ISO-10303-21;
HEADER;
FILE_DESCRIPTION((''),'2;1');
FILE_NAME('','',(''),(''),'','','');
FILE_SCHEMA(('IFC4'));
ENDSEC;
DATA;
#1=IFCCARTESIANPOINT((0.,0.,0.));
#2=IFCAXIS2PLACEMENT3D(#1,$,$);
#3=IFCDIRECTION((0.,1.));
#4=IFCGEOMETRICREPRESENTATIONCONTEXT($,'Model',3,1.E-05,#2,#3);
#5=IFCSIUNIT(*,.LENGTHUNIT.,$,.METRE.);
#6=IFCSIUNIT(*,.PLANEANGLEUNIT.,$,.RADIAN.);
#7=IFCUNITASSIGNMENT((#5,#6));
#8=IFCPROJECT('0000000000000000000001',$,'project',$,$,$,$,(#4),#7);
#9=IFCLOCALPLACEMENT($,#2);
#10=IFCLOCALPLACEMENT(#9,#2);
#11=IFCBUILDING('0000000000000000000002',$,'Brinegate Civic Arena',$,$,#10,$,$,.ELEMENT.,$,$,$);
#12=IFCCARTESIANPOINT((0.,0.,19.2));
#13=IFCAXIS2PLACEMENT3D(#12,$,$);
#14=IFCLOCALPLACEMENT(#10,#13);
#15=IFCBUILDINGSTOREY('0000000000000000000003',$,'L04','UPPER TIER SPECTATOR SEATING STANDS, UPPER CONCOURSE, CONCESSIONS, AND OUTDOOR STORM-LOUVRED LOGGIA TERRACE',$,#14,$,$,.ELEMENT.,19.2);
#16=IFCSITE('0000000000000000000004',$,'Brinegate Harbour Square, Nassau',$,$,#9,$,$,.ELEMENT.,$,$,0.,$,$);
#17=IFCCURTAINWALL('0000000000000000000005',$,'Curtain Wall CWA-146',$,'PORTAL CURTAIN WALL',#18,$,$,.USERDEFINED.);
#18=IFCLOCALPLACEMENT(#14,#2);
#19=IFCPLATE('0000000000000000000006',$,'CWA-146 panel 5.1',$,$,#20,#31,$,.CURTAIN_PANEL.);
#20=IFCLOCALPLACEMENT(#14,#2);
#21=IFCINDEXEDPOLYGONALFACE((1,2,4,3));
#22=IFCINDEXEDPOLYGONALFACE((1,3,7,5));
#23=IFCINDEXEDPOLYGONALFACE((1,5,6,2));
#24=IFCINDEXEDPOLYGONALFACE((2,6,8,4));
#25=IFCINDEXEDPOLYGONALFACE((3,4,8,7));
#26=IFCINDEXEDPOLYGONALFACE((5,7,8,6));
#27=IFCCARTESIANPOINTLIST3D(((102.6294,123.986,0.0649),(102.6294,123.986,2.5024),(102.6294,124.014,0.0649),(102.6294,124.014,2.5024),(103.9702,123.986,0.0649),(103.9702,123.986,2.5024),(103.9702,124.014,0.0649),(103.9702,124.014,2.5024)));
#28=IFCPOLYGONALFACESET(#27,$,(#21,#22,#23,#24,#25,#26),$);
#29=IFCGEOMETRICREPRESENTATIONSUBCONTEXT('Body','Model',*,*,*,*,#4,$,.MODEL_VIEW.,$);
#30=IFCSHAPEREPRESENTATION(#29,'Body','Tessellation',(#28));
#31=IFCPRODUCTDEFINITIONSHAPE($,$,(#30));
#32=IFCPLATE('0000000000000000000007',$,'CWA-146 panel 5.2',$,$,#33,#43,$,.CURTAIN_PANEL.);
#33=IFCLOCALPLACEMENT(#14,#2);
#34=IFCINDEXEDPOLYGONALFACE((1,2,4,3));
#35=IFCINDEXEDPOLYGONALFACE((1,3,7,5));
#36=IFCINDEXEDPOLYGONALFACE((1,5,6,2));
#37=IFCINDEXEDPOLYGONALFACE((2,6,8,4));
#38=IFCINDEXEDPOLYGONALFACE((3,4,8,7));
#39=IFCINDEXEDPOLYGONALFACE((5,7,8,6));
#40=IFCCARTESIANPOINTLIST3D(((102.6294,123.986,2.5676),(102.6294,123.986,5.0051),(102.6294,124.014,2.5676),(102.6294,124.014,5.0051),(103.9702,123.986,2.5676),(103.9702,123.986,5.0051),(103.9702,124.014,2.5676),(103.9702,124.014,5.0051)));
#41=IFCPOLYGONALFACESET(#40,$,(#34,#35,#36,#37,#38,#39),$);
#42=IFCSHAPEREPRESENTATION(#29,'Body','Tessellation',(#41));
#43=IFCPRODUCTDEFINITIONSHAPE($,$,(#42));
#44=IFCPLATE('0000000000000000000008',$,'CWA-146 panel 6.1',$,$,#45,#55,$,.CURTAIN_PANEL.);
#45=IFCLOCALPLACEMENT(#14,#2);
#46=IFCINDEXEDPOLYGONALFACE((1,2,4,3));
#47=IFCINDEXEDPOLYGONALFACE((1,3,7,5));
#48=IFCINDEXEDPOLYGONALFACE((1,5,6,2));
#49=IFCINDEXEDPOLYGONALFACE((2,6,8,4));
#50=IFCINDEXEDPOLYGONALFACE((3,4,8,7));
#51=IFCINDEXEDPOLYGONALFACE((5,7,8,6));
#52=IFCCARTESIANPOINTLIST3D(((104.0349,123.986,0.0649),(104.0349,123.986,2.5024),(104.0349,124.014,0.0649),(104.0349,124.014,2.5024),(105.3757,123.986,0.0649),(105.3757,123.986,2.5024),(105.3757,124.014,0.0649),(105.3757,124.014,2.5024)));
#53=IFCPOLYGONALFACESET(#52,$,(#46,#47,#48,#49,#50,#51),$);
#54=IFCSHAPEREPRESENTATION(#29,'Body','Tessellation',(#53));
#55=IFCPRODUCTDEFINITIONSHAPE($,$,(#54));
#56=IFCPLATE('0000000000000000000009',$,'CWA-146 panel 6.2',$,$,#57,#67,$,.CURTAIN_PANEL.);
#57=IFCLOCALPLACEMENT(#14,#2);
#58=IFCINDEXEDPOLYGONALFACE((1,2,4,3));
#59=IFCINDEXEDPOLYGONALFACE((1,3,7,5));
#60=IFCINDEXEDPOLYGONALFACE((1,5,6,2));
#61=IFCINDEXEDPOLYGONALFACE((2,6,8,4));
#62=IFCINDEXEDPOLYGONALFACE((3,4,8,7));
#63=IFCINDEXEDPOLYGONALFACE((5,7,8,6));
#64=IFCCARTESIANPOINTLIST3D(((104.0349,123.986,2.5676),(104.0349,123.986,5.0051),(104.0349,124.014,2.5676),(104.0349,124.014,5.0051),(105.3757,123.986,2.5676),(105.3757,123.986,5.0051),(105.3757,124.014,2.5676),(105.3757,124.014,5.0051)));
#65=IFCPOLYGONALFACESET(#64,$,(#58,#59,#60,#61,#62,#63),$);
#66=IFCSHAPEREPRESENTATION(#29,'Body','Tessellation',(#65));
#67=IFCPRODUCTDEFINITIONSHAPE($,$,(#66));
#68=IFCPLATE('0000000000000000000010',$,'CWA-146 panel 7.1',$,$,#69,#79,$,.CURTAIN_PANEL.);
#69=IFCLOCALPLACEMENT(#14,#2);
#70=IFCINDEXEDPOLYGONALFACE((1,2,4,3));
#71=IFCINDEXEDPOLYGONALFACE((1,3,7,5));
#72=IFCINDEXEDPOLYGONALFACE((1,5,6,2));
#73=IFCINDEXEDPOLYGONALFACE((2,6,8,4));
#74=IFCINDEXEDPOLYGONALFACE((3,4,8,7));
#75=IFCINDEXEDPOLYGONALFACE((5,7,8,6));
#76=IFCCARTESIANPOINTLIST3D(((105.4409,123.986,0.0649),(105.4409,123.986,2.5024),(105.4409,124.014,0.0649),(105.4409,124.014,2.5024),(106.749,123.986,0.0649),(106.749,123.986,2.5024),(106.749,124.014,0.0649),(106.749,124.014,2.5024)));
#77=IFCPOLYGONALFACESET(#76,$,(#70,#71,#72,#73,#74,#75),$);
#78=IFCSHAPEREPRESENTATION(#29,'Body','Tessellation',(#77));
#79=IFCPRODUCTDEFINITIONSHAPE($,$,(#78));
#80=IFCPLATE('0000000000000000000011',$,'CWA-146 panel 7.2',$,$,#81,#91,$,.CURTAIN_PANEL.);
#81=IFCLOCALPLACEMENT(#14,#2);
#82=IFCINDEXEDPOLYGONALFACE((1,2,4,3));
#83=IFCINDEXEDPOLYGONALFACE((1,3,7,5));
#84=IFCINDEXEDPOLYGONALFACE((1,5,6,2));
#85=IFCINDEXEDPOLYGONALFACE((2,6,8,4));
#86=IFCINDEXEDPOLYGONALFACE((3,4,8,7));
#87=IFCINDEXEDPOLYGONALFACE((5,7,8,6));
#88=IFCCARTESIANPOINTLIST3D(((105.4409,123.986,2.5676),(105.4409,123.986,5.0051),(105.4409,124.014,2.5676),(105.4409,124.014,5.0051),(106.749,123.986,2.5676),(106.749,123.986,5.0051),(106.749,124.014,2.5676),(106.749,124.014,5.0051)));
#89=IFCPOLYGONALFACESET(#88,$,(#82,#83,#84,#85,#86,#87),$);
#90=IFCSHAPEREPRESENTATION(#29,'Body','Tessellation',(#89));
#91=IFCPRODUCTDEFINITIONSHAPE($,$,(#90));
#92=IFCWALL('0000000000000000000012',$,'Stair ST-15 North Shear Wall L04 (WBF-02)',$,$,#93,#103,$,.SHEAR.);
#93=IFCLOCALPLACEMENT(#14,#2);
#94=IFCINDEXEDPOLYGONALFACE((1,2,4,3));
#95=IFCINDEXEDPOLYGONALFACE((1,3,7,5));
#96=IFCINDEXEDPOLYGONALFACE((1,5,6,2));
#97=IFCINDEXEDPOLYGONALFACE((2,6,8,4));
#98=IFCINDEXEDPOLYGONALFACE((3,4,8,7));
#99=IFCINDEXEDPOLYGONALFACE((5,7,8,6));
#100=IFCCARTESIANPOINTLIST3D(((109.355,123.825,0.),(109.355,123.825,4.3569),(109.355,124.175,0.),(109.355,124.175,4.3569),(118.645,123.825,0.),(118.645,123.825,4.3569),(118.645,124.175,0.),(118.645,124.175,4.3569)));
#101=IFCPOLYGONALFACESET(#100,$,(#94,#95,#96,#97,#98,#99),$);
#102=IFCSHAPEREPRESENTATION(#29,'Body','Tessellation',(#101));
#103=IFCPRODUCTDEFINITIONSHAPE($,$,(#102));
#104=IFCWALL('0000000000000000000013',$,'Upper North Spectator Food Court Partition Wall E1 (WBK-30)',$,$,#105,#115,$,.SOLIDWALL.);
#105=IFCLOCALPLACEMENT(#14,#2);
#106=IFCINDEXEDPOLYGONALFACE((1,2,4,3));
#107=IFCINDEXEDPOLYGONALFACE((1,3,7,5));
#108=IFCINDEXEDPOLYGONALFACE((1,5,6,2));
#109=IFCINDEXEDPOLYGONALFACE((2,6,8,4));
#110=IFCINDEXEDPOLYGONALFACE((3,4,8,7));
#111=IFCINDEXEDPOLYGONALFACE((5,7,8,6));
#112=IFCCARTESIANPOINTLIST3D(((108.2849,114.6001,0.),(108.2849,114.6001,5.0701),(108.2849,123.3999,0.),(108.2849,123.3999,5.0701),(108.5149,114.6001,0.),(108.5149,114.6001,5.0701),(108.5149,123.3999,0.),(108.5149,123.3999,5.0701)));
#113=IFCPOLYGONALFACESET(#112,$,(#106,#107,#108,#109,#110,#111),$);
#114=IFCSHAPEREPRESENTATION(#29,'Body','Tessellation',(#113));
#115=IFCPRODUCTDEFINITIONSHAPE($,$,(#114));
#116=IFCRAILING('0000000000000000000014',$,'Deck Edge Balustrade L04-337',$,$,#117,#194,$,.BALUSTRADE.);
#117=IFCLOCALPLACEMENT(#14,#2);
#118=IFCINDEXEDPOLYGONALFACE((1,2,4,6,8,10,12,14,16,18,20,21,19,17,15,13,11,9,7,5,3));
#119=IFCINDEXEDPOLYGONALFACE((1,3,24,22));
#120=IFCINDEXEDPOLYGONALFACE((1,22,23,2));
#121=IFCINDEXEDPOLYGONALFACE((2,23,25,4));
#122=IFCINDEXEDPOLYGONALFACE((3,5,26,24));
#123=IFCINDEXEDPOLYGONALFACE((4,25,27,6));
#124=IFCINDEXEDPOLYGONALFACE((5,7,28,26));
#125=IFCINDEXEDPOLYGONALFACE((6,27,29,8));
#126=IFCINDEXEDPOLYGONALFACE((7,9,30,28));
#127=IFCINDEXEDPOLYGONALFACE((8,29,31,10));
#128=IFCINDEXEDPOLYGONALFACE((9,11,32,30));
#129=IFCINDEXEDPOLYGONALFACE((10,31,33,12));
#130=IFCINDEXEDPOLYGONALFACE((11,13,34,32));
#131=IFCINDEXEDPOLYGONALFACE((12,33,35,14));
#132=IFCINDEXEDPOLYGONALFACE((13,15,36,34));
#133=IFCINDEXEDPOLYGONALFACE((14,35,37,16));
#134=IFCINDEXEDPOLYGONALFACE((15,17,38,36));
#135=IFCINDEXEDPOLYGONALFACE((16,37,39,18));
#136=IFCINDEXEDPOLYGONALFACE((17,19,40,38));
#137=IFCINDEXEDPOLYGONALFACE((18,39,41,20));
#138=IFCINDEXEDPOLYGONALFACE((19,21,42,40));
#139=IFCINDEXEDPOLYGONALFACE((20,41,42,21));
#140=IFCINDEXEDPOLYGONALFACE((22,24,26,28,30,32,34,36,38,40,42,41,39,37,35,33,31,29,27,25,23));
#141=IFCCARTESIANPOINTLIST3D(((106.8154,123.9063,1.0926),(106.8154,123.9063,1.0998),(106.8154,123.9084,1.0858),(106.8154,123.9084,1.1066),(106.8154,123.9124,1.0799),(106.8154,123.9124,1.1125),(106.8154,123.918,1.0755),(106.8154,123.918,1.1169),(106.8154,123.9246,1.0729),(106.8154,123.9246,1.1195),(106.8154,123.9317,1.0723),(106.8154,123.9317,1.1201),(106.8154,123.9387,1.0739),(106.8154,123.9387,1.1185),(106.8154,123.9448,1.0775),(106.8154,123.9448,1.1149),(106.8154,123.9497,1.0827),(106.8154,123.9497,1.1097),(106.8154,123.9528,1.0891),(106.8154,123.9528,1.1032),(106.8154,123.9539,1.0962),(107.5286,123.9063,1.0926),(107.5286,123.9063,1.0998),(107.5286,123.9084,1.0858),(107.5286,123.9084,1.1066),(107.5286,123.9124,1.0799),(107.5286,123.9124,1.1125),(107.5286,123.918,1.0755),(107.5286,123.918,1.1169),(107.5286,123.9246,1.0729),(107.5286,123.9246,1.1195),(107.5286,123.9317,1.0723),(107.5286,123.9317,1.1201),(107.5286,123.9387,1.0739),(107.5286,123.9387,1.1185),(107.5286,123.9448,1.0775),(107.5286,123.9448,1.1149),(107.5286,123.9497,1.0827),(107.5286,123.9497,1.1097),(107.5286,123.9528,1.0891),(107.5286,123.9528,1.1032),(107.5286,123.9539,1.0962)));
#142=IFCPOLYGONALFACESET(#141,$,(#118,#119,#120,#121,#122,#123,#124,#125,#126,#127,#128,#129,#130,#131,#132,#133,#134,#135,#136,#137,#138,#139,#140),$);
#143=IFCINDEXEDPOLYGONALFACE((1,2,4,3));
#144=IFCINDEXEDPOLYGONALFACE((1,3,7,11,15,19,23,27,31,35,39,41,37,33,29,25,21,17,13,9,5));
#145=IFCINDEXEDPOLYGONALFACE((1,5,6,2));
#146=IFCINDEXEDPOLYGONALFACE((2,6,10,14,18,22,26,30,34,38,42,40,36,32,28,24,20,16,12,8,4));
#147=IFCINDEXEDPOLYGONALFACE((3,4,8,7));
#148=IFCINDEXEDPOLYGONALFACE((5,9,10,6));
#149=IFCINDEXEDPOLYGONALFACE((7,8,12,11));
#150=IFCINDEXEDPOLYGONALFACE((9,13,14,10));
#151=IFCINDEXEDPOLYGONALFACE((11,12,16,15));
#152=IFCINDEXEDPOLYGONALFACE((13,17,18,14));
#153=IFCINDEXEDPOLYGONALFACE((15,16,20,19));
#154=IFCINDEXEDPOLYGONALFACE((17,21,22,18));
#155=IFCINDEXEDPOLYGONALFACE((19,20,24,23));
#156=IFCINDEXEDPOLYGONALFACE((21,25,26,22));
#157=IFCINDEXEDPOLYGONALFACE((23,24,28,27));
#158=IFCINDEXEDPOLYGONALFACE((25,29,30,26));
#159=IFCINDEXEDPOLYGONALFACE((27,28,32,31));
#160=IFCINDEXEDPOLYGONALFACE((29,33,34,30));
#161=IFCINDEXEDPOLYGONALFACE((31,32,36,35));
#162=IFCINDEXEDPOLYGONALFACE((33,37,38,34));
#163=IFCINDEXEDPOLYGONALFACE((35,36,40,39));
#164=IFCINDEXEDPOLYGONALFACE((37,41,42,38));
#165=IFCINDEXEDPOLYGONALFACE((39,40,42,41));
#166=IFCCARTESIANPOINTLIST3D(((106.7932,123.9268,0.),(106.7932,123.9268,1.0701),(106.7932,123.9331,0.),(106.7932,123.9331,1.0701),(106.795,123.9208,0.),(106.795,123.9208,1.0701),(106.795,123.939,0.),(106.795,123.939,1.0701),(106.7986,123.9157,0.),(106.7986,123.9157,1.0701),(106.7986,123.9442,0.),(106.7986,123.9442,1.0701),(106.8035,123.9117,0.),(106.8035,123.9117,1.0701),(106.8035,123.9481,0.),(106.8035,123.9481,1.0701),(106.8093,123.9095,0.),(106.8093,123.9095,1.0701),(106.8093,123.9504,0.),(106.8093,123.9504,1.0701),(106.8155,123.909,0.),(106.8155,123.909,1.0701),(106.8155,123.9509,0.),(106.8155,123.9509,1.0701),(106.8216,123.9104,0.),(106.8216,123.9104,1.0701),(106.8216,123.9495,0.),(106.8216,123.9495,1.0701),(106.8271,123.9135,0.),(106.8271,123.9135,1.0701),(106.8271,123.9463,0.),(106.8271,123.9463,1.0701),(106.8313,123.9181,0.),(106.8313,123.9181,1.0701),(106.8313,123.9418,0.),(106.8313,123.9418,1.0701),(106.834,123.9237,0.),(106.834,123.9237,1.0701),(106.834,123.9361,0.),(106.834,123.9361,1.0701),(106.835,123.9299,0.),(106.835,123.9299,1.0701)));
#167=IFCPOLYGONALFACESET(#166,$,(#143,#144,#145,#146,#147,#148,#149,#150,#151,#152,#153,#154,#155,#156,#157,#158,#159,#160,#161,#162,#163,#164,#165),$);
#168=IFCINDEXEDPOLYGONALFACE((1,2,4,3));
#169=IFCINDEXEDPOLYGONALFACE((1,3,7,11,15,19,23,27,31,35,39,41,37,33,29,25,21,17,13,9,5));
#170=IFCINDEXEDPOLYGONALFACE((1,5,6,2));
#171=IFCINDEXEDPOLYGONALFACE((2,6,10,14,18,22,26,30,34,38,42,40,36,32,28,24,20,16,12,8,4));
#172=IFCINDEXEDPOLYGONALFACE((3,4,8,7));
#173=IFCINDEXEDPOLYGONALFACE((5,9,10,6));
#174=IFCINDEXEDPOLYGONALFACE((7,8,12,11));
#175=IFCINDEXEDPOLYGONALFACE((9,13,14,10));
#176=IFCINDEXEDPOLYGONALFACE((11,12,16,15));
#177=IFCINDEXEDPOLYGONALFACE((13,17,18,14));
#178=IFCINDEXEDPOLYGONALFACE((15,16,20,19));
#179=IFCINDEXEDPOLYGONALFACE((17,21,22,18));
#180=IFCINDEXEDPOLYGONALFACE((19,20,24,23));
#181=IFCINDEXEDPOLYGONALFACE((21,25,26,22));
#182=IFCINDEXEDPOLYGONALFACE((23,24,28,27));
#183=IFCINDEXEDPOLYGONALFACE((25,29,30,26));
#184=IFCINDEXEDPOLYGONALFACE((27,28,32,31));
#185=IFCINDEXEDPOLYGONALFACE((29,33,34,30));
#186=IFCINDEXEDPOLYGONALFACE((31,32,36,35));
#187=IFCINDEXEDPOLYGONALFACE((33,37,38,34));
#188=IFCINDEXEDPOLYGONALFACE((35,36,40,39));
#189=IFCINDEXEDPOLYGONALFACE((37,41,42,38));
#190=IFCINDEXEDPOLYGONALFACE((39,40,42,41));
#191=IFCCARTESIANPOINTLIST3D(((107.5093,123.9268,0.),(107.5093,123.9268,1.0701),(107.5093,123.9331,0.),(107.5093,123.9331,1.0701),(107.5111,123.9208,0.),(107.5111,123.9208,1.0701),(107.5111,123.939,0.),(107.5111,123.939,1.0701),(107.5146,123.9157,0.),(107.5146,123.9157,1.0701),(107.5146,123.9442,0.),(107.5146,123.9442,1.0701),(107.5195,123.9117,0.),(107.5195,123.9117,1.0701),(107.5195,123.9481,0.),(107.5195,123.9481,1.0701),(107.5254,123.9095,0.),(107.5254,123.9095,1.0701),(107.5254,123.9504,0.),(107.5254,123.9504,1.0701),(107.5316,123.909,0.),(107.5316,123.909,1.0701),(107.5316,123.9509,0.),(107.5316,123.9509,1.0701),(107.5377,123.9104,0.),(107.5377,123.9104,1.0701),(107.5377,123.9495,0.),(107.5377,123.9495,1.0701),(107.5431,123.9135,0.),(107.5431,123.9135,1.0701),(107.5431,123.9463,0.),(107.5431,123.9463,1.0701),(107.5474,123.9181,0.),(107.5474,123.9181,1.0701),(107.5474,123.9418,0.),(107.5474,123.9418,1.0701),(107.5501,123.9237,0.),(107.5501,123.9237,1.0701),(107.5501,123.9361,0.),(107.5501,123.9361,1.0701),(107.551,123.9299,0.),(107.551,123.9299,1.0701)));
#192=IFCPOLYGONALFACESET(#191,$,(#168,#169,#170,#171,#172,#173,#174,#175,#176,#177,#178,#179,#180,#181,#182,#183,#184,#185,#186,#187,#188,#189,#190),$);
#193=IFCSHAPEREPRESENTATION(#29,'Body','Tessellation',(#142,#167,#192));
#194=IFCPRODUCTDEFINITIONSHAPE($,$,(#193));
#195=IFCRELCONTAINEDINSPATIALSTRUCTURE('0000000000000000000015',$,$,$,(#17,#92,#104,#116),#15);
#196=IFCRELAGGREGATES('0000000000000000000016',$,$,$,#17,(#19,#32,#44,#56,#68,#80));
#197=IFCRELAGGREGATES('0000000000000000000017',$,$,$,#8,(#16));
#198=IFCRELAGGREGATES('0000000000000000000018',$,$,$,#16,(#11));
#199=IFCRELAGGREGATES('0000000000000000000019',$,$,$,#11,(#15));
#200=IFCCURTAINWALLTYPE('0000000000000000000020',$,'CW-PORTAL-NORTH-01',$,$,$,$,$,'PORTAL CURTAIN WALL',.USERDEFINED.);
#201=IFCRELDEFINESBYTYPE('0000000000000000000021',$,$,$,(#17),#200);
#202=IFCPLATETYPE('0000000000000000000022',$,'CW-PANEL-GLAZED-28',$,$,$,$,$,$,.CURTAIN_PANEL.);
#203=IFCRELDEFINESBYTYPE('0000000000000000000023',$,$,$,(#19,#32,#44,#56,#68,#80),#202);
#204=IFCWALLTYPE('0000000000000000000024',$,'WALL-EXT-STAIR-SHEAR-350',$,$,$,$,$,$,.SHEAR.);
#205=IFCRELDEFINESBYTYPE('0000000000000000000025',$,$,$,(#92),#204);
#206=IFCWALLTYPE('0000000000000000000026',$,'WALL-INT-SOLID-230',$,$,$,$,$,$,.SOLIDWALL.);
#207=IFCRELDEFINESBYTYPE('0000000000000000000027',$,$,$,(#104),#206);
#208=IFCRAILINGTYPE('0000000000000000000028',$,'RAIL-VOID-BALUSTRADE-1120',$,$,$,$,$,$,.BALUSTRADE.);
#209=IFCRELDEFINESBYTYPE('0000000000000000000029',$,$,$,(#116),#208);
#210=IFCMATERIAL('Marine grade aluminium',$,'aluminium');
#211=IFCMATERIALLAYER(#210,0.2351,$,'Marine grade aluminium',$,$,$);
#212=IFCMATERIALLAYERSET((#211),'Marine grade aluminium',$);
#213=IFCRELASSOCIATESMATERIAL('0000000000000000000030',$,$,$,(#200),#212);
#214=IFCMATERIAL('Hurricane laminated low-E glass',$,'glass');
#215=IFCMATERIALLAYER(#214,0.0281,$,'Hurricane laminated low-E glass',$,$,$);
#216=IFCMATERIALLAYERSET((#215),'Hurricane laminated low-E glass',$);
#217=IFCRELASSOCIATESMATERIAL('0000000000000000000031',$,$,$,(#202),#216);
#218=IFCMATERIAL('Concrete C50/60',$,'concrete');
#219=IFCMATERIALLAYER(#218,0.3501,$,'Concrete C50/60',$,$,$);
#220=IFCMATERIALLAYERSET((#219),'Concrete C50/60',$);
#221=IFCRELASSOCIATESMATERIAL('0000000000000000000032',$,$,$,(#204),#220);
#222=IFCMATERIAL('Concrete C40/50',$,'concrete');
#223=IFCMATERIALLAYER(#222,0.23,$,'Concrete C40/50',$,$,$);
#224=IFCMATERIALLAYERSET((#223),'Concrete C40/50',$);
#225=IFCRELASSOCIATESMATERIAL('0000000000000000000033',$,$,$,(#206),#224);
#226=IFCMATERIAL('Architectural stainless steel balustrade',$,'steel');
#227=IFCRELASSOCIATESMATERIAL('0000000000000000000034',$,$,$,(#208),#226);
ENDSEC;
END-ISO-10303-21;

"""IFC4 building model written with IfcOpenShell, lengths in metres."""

from ifc_helpers import new_model, si_unit, direction, frame, frame_2d, origin, origin_2d, place, context, subcontext, project, spatial, rectangle, circle, extrude, material, layer, layer_set, type_object, element, aggregate, save


model = new_model("IFC4")

# Units and contexts
model_context = context("Model", 3, precision=1e-05, world=origin(), true_north=direction((0.0, 1.0)))
body_context = subcontext(model_context, "Body", "Model", "MODEL_VIEW")
ifc_project = project(units=[si_unit("LENGTHUNIT", "METRE"), si_unit("PLANEANGLEUNIT", "RADIAN")], contexts=[model_context])

# Site, building, storey
site_placement = place(None, origin())
site = spatial("IfcSite", under=ifc_project, at=site_placement, Name="Brinegate Harbour Square, Nassau", CompositionType="ELEMENT", RefElevation=0.0)
building_placement = place(site_placement, origin())
building = spatial("IfcBuilding", under=site, at=building_placement, Name="Brinegate Civic Arena", CompositionType="ELEMENT")
storey_placement = place(building_placement, frame((0.0, 0.0, 19.2)))
storey = spatial("IfcBuildingStorey", under=building, at=storey_placement, Name="L04", Description="UPPER TIER SPECTATOR SEATING STANDS, UPPER CONCOURSE, CONCESSIONS, AND OUTDOOR STORM-LOUVRED LOGGIA TERRACE", CompositionType="ELEMENT", Elevation=19.2)

# Shared definitions
ifc_material_1 = material(Name="Concrete C50/60", Category="concrete")

# Curtain wall
ifc_material_2 = material(Name="Marine grade aluminium", Category="aluminium")
ifc_layer_1 = layer(ifc_material_2, 0.2351, Name="Marine grade aluminium")
ifc_layer_set_1 = layer_set([ifc_layer_1], Name="Marine grade aluminium")
curtain_wall_type = type_object("IfcCurtainWallType", Name="CW-PORTAL-NORTH-01", ElementType="PORTAL CURTAIN WALL", PredefinedType="USERDEFINED", material=ifc_layer_set_1)
curtain_wall_placement = place(storey_placement, origin())
curtain_wall = element("IfcCurtainWall", 1, at=curtain_wall_placement, inside=storey, type_object=curtain_wall_type, Name="Curtain Wall CWA-146", ObjectType="PORTAL CURTAIN WALL", PredefinedType="USERDEFINED")

# Plates
ifc_material_3 = material(Name="Hurricane laminated low-E glass", Category="glass")
ifc_layer_2 = layer(ifc_material_3, 0.0281, Name="Hurricane laminated low-E glass")
ifc_layer_set_2 = layer_set([ifc_layer_2], Name="Hurricane laminated low-E glass")
plate_type = type_object("IfcPlateType", Name="CW-PANEL-GLAZED-28", PredefinedType="CURTAIN_PANEL", material=ifc_layer_set_2)
plate_1_placement = place(storey_placement, frame((103.2998, 124.0, 0.0649), z_axis=(0.0, 0.0, 1.0), x_axis=(1.0, 0.0, 0.0)))
plate_1 = element("IfcPlate", 2, at=plate_1_placement, type_object=plate_type, Name="CWA-146 panel 5.1", PredefinedType="CURTAIN_PANEL", context=body_context, shape_type="SweptSolid", body=[
    extrude(rectangle(XDim=1.3408, YDim=0.0281, at=origin_2d()), origin(), (0.0, 0.0, 1.0), 2.4375),
])
plate_2_placement = place(storey_placement, frame((103.2998, 124.0, 2.5676), z_axis=(0.0, 0.0, 1.0), x_axis=(1.0, 0.0, 0.0)))
plate_2 = element("IfcPlate", 3, at=plate_2_placement, type_object=plate_type, Name="CWA-146 panel 5.2", PredefinedType="CURTAIN_PANEL", context=body_context, shape_type="SweptSolid", body=[
    extrude(rectangle(XDim=1.3408, YDim=0.0281, at=origin_2d()), origin(), (0.0, 0.0, 1.0), 2.4375),
])
plate_3_placement = place(storey_placement, frame((104.7053, 124.0, 0.0649), z_axis=(0.0, 0.0, 1.0), x_axis=(1.0, 0.0, 0.0)))
plate_3 = element("IfcPlate", 4, at=plate_3_placement, type_object=plate_type, Name="CWA-146 panel 6.1", PredefinedType="CURTAIN_PANEL", context=body_context, shape_type="SweptSolid", body=[
    extrude(rectangle(XDim=1.3408, YDim=0.0281, at=origin_2d()), origin(), (0.0, 0.0, 1.0), 2.4375),
])
plate_4_placement = place(storey_placement, frame((104.7053, 124.0, 2.5676), z_axis=(0.0, 0.0, 1.0), x_axis=(1.0, 0.0, 0.0)))
plate_4 = element("IfcPlate", 5, at=plate_4_placement, type_object=plate_type, Name="CWA-146 panel 6.2", PredefinedType="CURTAIN_PANEL", context=body_context, shape_type="SweptSolid", body=[
    extrude(rectangle(XDim=1.3408, YDim=0.0281, at=origin_2d()), origin(), (0.0, 0.0, 1.0), 2.4375),
])
plate_5_placement = place(storey_placement, frame((106.095, 124.0, 0.0649), z_axis=(0.0, 0.0, 1.0), x_axis=(1.0, 0.0, 0.0)))
plate_5 = element("IfcPlate", 6, at=plate_5_placement, type_object=plate_type, Name="CWA-146 panel 7.1", PredefinedType="CURTAIN_PANEL", context=body_context, shape_type="SweptSolid", body=[
    extrude(rectangle(XDim=1.3081, YDim=0.0281, at=origin_2d()), origin(), (0.0, 0.0, 1.0), 2.4375),
])
plate_6_placement = place(storey_placement, frame((106.095, 124.0, 2.5676), z_axis=(0.0, 0.0, 1.0), x_axis=(1.0, 0.0, 0.0)))
plate_6 = element("IfcPlate", 7, at=plate_6_placement, type_object=plate_type, Name="CWA-146 panel 7.2", PredefinedType="CURTAIN_PANEL", context=body_context, shape_type="SweptSolid", body=[
    extrude(rectangle(XDim=1.3081, YDim=0.0281, at=origin_2d()), origin(), (0.0, 0.0, 1.0), 2.4375),
])
aggregate(curtain_wall, [plate_1, plate_2, plate_3, plate_4, plate_5, plate_6])

# Walls
ifc_layer_3 = layer(ifc_material_1, 0.3501, Name="Concrete C50/60")
ifc_layer_set_3 = layer_set([ifc_layer_3], Name="Concrete C50/60")
wall_type_1 = type_object("IfcWallType", Name="WALL-EXT-STAIR-SHEAR-350", PredefinedType="SHEAR", material=ifc_layer_set_3)
wall_1_placement = place(storey_placement, frame((109.355, 124.0, 0.0), z_axis=(0.0, 0.0, 1.0), x_axis=(1.0, 0.0, 0.0)))
element("IfcWall", 8, at=wall_1_placement, inside=storey, type_object=wall_type_1, Name="Stair ST-15 North Shear Wall L04 (WBF-02)", PredefinedType="SHEAR", context=body_context, shape_type="SweptSolid", body=[
    extrude(rectangle(XDim=9.29, YDim=0.3501, at=frame_2d((4.645, 0.0))), origin(), (0.0, 0.0, 1.0), 4.3569),
])
ifc_material_4 = material(Name="Concrete C40/50", Category="concrete")
ifc_layer_4 = layer(ifc_material_4, 0.23, Name="Concrete C40/50")
ifc_layer_set_4 = layer_set([ifc_layer_4], Name="Concrete C40/50")
wall_type_2 = type_object("IfcWallType", Name="WALL-INT-SOLID-230", PredefinedType="SOLIDWALL", material=ifc_layer_set_4)
wall_2_placement = place(storey_placement, frame((108.3999, 123.3999, 0.0), z_axis=(0.0, 0.0, 1.0), x_axis=(0.0, -1.0, 0.0)))
element("IfcWall", 9, at=wall_2_placement, inside=storey, type_object=wall_type_2, Name="Upper North Spectator Food Court Partition Wall E1 (WBK-30)", PredefinedType="SOLIDWALL", context=body_context, shape_type="SweptSolid", body=[
    extrude(rectangle(XDim=8.7998, YDim=0.23, at=frame_2d((4.3999, 0.0))), origin(), (0.0, 0.0, 1.0), 5.0701),
])

# Railing
ifc_material_5 = material(Name="Architectural stainless steel balustrade", Category="steel")
railing_type = type_object("IfcRailingType", Name="RAIL-VOID-BALUSTRADE-1120", PredefinedType="BALUSTRADE", material=ifc_material_5)
railing_1_placement = place(storey_placement, frame((106.814, 123.9299, 0.0)))
element("IfcRailing", 10, at=railing_1_placement, inside=storey, type_object=railing_type, Name="Deck Edge Balustrade L04-337", PredefinedType="BALUSTRADE", context=body_context, shape_type="SweptSolid", body=[
    extrude(circle(Radius=0.0239, at=origin_2d()), frame((0.0015, 0.0, 1.0962), z_axis=(1.0, 0.0, 0.0), x_axis=(0.0, 1.0, 0.0)), (0.0, 0.0, 1.0), 0.7131),
    extrude(circle(Radius=0.021, at=origin_2d()), origin(), (0.0, 0.0, 1.0), 1.0701),
    extrude(circle(Radius=0.021, at=origin_2d()), frame((0.7161, 0.0, 0.0)), (0.0, 0.0, 1.0), 1.0701),
])

save(model, "model.ifc")
